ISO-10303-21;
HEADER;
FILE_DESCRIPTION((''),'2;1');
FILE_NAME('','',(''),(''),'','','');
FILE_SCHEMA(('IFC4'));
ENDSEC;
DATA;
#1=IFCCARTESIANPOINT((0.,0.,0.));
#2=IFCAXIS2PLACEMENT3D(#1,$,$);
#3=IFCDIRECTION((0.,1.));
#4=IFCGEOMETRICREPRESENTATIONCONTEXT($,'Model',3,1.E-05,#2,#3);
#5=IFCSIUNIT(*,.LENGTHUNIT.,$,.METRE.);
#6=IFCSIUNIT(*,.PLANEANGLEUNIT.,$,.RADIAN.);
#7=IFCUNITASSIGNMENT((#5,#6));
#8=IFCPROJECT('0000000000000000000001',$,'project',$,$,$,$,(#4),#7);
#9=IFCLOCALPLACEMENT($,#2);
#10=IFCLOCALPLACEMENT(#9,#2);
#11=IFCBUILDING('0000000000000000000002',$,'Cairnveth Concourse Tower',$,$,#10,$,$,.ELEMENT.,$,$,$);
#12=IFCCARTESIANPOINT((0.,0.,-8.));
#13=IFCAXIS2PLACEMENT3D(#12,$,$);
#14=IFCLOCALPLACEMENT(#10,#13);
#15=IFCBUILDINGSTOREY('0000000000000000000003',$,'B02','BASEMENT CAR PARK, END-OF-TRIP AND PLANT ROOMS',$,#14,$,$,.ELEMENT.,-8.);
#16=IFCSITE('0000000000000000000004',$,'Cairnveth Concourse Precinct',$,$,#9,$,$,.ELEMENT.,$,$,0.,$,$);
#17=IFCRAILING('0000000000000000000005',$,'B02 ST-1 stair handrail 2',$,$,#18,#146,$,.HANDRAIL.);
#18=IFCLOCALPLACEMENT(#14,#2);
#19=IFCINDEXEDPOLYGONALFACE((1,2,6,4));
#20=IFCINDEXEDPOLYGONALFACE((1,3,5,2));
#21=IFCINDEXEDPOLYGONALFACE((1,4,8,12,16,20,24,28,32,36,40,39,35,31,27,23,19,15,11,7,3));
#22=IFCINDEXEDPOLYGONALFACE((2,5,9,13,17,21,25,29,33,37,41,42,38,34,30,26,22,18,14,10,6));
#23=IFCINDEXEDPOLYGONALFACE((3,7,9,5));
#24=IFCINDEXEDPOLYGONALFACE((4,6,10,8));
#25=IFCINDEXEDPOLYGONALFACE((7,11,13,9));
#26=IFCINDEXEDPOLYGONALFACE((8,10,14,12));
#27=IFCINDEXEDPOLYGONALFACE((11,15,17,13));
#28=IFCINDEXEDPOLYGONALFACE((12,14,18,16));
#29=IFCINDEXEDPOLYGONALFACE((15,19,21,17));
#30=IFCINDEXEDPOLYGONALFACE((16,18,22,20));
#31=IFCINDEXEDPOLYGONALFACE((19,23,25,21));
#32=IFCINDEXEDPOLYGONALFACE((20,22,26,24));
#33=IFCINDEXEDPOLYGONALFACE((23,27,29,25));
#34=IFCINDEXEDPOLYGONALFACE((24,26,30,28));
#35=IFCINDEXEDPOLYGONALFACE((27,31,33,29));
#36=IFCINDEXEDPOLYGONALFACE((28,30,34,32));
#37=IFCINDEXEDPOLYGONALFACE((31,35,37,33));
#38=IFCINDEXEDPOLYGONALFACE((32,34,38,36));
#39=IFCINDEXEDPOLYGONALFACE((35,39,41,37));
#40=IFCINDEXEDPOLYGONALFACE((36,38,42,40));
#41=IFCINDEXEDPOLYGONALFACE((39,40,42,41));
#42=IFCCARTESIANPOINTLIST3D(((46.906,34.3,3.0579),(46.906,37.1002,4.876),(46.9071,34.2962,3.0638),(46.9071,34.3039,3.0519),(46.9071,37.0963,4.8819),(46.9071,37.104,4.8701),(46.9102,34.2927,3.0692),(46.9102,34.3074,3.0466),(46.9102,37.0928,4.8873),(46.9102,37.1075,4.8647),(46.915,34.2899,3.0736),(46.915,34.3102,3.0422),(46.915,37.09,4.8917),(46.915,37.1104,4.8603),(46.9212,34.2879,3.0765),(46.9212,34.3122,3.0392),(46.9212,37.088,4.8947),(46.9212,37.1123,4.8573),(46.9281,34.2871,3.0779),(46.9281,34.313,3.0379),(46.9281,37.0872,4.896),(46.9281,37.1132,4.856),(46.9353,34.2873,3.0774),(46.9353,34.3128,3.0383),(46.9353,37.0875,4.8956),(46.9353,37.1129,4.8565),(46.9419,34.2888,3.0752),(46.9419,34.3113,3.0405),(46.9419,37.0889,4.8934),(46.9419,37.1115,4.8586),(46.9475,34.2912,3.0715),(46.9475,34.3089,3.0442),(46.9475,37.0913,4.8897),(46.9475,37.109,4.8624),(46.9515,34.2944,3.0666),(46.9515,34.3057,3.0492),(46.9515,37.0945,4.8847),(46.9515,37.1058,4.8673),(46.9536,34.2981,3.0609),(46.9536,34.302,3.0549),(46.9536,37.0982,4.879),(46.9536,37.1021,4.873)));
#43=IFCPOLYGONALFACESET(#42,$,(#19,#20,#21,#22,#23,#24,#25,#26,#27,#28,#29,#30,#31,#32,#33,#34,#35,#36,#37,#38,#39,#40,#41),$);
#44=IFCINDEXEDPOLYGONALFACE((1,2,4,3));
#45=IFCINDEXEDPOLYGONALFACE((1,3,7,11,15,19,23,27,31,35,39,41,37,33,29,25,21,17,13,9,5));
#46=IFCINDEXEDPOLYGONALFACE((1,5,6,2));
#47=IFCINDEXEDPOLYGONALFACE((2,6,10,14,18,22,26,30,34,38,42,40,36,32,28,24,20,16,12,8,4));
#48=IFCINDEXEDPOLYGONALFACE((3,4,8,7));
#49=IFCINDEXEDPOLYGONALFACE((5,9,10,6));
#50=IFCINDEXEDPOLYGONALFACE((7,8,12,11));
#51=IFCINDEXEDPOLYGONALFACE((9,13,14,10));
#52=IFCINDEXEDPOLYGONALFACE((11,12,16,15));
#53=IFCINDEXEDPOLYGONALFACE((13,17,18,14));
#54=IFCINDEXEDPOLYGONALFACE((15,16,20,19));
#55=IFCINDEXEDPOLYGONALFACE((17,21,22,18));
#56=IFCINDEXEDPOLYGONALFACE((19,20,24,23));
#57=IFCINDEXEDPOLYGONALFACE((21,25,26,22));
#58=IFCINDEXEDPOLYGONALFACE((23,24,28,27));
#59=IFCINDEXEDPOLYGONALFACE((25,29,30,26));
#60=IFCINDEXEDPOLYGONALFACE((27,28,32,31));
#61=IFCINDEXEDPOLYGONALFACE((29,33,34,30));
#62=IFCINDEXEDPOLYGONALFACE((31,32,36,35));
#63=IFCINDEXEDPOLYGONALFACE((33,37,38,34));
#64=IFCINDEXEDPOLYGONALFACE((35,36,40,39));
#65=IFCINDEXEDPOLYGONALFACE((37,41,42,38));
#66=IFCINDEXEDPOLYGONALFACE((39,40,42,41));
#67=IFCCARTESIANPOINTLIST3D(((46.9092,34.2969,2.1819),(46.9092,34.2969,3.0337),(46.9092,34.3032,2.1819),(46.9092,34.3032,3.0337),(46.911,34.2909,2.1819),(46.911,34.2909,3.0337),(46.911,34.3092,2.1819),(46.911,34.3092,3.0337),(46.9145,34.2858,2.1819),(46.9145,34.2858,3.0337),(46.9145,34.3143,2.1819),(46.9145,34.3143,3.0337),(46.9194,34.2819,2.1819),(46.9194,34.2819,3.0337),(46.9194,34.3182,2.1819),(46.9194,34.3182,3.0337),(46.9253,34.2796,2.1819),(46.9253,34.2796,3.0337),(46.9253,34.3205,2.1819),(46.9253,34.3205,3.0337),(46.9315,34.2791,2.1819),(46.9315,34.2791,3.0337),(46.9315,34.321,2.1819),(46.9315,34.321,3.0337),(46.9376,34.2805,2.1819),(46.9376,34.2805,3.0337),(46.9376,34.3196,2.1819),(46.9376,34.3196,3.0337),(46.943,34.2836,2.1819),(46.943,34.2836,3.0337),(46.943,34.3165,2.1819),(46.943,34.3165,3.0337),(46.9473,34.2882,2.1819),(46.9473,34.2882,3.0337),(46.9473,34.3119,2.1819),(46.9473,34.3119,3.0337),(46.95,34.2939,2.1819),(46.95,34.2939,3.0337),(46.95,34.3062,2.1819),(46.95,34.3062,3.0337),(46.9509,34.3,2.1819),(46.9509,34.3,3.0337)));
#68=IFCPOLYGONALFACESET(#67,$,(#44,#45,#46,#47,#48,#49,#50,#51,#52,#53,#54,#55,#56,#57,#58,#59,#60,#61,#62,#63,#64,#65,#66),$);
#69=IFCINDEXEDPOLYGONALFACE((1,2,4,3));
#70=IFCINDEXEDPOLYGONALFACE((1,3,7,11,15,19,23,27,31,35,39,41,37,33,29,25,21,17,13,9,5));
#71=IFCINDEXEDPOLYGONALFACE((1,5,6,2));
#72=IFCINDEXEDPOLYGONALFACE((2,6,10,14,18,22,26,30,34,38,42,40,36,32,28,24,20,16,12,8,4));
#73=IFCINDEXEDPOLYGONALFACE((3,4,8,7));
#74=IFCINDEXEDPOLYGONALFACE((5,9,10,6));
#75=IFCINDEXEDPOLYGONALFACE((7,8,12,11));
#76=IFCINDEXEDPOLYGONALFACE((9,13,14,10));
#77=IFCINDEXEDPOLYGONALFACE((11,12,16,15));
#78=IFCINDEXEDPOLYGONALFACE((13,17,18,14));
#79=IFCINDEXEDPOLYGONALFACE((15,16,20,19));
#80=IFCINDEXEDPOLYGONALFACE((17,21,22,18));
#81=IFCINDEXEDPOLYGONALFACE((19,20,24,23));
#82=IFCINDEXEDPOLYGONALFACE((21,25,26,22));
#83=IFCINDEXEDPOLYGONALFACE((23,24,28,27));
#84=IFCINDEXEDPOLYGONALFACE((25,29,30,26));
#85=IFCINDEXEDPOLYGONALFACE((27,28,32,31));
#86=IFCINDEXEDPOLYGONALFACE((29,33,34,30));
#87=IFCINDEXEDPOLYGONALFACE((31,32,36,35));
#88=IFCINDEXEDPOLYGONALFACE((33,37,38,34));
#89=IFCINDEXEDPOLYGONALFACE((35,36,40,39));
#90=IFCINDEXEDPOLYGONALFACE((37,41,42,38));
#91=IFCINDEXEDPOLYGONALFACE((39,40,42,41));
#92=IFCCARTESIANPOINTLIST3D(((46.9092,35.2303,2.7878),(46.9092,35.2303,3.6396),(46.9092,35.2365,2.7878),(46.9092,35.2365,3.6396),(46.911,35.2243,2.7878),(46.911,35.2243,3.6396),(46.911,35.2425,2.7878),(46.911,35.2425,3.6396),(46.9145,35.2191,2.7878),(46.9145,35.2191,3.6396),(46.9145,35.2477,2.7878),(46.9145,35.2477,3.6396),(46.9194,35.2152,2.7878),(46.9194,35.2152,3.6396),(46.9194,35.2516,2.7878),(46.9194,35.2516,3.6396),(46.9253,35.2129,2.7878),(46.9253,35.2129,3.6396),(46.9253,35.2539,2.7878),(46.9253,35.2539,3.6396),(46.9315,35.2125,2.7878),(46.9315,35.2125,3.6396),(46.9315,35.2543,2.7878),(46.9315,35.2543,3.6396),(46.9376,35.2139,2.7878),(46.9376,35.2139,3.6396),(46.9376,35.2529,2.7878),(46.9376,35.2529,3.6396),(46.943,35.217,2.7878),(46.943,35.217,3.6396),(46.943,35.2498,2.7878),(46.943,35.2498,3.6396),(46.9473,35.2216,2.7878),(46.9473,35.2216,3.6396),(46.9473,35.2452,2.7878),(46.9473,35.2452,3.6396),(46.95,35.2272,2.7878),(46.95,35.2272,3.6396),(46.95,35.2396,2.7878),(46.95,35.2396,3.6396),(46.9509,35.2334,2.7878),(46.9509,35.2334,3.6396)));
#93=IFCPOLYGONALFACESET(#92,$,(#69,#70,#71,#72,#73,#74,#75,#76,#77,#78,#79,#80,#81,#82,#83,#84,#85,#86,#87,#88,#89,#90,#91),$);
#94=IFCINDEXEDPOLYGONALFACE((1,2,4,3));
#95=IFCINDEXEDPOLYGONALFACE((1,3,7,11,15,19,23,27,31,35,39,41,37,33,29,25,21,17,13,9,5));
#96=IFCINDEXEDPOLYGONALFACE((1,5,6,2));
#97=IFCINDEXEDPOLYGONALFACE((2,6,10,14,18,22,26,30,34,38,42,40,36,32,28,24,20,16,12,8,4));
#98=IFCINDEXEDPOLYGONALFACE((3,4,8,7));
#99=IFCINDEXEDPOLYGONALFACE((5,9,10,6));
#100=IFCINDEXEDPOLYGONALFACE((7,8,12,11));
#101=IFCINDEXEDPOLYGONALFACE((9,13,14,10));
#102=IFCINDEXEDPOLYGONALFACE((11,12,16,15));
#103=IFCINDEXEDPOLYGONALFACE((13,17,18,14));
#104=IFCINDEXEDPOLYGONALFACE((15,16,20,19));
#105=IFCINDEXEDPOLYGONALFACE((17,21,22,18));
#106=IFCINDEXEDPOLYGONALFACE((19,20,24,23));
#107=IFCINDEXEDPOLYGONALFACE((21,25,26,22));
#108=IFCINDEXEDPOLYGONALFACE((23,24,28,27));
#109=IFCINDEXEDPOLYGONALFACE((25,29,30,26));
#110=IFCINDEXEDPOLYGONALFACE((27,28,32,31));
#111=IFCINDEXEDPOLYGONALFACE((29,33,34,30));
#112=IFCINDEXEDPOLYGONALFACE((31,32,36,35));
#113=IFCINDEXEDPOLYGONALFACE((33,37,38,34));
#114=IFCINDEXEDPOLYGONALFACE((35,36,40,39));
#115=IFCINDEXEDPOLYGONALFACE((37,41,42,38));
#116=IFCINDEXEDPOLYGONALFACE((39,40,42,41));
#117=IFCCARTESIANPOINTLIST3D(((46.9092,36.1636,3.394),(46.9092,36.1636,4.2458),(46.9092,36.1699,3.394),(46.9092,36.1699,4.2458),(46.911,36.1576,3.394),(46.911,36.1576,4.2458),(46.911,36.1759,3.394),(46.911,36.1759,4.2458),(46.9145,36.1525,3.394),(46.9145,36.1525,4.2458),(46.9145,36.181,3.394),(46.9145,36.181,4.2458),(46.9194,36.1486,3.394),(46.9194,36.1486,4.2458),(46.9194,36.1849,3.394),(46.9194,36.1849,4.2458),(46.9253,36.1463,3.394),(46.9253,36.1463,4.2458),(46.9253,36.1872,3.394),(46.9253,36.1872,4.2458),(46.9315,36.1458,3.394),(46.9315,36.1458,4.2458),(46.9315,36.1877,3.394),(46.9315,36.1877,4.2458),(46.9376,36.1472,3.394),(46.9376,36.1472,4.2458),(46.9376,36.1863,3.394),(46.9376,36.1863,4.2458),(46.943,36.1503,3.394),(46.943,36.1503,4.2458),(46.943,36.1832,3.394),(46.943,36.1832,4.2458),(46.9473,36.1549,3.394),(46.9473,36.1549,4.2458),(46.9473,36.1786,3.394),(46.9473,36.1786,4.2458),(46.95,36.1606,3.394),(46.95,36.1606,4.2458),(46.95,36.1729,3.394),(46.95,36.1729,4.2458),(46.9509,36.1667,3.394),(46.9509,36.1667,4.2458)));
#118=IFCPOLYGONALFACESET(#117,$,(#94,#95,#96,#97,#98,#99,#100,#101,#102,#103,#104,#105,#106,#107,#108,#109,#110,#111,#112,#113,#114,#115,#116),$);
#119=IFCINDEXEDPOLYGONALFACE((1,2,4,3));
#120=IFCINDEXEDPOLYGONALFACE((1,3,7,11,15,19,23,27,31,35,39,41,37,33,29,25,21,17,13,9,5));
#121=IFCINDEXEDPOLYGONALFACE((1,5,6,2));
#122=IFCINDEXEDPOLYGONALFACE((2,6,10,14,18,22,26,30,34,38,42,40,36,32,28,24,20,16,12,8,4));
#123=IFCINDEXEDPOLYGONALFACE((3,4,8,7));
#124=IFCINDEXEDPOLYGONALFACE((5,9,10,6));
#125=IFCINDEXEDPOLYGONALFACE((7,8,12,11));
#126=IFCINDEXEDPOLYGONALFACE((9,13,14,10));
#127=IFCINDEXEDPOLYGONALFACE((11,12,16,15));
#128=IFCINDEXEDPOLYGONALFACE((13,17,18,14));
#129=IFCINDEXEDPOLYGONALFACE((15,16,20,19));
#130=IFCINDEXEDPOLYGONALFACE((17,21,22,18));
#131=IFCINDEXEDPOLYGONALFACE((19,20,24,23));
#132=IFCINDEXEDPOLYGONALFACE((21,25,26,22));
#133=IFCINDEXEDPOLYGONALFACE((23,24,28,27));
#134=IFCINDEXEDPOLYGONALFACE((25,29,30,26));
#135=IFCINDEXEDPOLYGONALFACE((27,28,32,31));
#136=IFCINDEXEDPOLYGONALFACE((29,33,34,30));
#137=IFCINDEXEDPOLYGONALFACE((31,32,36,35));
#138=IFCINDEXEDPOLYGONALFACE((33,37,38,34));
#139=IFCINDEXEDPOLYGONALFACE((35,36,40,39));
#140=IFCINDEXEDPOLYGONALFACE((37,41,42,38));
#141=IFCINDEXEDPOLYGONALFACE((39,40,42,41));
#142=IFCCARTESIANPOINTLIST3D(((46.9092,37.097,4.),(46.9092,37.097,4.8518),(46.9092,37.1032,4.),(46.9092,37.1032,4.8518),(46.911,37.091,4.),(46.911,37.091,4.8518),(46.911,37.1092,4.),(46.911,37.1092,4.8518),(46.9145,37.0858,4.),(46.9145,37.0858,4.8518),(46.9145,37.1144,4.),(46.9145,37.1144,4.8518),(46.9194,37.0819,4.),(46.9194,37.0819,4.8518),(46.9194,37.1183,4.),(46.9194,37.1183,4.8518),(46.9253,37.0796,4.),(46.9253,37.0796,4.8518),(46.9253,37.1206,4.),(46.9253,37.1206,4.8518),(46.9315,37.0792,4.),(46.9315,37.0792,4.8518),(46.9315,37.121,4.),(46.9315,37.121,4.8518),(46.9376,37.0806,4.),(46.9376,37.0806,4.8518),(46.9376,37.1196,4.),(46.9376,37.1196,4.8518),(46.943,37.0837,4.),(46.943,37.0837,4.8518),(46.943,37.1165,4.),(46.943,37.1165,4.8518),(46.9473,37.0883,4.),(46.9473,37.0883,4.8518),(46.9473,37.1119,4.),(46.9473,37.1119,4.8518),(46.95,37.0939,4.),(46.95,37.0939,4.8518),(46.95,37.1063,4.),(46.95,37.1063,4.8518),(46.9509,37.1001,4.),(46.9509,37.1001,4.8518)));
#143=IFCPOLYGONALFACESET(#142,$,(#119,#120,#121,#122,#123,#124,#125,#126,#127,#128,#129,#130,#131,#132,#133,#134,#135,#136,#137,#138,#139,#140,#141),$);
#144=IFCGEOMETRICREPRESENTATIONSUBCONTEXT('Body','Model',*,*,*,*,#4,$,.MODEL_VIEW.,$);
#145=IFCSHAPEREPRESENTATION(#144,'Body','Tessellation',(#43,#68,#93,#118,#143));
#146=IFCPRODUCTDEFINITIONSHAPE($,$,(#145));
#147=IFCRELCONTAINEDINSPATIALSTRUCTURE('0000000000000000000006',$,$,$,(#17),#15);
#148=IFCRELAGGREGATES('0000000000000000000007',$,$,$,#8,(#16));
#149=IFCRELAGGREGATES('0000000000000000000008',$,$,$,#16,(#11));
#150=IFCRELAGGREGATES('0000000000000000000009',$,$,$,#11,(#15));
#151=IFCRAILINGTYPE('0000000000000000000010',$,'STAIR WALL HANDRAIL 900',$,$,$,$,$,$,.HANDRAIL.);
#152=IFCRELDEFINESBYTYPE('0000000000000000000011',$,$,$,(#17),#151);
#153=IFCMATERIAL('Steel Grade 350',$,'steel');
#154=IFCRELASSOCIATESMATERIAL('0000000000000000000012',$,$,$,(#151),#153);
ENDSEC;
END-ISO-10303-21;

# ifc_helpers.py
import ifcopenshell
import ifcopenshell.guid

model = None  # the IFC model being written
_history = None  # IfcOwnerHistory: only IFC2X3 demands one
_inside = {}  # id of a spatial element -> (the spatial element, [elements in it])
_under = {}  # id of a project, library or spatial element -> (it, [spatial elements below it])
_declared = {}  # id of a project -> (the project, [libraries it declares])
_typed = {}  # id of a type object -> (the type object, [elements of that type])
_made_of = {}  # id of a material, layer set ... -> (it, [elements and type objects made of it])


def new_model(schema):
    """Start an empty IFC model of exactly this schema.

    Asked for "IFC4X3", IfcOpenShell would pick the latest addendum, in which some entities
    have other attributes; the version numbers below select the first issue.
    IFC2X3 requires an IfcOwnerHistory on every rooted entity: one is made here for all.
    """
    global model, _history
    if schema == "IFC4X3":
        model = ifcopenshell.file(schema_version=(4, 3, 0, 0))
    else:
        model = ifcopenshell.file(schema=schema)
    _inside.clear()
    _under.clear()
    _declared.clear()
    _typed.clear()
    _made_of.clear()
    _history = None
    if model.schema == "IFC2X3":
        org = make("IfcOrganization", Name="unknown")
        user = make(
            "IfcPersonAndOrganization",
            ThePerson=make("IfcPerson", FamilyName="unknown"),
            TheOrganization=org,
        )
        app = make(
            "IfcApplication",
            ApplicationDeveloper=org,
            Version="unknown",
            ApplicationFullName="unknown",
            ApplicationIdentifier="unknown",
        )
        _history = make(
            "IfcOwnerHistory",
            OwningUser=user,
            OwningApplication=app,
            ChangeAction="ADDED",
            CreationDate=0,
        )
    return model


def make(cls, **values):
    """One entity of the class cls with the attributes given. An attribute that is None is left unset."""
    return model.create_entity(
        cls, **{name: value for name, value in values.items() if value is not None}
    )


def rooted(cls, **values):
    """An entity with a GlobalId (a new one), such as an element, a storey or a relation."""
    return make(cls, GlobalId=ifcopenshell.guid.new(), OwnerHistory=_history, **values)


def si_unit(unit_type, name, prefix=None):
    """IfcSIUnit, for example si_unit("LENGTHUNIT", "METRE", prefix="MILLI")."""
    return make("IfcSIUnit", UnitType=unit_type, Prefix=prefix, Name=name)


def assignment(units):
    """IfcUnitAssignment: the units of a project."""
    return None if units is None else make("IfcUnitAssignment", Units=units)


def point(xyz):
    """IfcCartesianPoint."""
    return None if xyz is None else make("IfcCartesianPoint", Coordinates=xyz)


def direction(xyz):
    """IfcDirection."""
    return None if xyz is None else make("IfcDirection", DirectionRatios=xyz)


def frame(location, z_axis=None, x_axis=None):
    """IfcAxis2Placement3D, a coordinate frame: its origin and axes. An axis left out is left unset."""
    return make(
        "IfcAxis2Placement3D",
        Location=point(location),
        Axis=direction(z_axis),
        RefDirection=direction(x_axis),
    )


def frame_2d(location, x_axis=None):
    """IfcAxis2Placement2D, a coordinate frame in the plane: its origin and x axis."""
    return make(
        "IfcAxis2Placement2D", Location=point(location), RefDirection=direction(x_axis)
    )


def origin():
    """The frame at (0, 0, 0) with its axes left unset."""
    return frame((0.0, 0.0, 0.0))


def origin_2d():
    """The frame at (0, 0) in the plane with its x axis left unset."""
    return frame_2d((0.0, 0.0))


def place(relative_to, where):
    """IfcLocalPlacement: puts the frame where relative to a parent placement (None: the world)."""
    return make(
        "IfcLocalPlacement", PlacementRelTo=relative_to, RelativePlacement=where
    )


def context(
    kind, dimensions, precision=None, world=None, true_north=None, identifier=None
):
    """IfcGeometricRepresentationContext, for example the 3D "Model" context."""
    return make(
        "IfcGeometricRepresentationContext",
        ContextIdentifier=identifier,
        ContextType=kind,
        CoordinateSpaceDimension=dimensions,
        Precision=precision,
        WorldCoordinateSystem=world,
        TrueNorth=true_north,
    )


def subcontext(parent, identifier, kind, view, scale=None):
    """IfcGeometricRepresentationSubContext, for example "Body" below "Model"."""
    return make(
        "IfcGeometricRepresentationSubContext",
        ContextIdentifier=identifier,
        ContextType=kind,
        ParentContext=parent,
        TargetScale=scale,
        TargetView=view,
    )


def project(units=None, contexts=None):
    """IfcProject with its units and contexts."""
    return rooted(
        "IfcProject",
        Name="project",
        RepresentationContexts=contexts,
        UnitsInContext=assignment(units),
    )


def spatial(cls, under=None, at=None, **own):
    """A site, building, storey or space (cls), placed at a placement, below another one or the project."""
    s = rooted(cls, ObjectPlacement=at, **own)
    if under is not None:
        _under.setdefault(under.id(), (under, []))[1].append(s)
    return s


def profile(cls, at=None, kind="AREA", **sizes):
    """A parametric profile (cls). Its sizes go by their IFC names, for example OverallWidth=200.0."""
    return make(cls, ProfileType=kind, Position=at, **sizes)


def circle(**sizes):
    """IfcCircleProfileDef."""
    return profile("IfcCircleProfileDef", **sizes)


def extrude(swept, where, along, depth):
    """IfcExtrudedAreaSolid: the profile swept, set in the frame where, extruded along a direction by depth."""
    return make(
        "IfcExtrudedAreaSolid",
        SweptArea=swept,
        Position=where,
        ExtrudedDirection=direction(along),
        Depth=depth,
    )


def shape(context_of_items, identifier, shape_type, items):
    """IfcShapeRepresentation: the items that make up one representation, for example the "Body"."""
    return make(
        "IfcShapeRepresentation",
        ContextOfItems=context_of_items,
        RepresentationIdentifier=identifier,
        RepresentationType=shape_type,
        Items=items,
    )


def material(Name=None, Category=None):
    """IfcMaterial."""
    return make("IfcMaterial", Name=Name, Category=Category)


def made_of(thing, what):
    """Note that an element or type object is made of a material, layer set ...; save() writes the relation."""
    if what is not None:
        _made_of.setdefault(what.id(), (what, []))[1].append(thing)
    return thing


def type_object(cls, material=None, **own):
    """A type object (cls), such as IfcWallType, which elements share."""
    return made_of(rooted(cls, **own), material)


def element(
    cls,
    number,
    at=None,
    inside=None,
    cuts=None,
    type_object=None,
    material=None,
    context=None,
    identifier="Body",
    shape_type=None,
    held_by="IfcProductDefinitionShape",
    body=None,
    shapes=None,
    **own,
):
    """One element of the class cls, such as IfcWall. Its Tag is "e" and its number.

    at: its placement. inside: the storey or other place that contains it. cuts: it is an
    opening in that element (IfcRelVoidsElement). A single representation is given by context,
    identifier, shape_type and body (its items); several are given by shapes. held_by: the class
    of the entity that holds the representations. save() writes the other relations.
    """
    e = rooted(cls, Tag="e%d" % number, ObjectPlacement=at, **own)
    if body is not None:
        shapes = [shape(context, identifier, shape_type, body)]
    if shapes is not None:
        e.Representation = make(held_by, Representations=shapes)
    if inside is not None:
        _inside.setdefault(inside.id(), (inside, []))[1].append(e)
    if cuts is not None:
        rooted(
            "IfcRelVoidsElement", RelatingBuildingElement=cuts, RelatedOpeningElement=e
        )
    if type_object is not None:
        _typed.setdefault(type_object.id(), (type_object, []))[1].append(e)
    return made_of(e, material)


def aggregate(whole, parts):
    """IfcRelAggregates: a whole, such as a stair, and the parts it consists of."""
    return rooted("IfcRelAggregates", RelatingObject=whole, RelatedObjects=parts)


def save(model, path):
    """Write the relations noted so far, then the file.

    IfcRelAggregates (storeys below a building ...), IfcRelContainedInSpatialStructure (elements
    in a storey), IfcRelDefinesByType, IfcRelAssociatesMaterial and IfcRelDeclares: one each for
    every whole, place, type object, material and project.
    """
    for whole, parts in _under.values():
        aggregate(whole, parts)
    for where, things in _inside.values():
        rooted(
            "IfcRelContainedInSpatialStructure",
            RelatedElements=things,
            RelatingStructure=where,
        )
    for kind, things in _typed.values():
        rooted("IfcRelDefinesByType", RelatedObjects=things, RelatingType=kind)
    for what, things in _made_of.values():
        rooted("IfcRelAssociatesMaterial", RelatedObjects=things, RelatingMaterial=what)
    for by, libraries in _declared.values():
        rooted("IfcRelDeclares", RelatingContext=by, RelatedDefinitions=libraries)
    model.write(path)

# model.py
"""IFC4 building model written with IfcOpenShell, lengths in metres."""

from ifc_helpers import new_model, si_unit, direction, frame, origin, origin_2d, place, context, subcontext, project, spatial, circle, extrude, material, type_object, element, save


model = new_model("IFC4")

# Units and contexts
model_context = context("Model", 3, precision=1e-05, world=origin(), true_north=direction((0.0, 1.0)))
body_context = subcontext(model_context, "Body", "Model", "MODEL_VIEW")
ifc_project = project(units=[si_unit("LENGTHUNIT", "METRE"), si_unit("PLANEANGLEUNIT", "RADIAN")], contexts=[model_context])

# Site, building, storey
site_placement = place(None, origin())
site = spatial("IfcSite", under=ifc_project, at=site_placement, Name="Cairnveth Concourse Precinct", CompositionType="ELEMENT", RefElevation=0.0)
building_placement = place(site_placement, origin())
building = spatial("IfcBuilding", under=site, at=building_placement, Name="Cairnveth Concourse Tower", CompositionType="ELEMENT")
storey_placement = place(building_placement, frame((0.0, 0.0, -8.0)))
storey = spatial("IfcBuildingStorey", under=building, at=storey_placement, Name="B02", Description="BASEMENT CAR PARK, END-OF-TRIP AND PLANT ROOMS", CompositionType="ELEMENT", Elevation=-8.0)

# Shared definitions
ifc_material_1 = material(Name="Steel Grade 350", Category="steel")

# Railing
railing_type_1 = type_object("IfcRailingType", Name="STAIR WALL HANDRAIL 900", PredefinedType="HANDRAIL", material=ifc_material_1)
railing_1_placement = place(storey_placement, frame((46.9299, 34.3, 2.1819)))
element("IfcRailing", 1, at=railing_1_placement, inside=storey, type_object=railing_type_1, Name="B02 ST-1 stair handrail 2", PredefinedType="HANDRAIL", context=body_context, shape_type="SweptSolid", body=[
    extrude(circle(Radius=0.0239, at=origin_2d()), frame((0.0, 0.0, 0.876), z_axis=(0.0, 0.838706, 0.544585), x_axis=(-1.0, 0.0, 0.0)), (0.0, 0.0, 1.0), 3.3386),
    extrude(circle(Radius=0.021, at=origin_2d()), origin(), (0.0, 0.0, 1.0), 0.8518),
    extrude(circle(Radius=0.021, at=origin_2d()), frame((0.0, 0.9333, 0.606)), (0.0, 0.0, 1.0), 0.8518),
    extrude(circle(Radius=0.021, at=origin_2d()), frame((0.0, 1.8667, 1.2122)), (0.0, 0.0, 1.0), 0.8518),
    extrude(circle(Radius=0.021, at=origin_2d()), frame((0.0, 2.8, 1.8181)), (0.0, 0.0, 1.0), 0.8518),
])

save(model, "model.ifc")
